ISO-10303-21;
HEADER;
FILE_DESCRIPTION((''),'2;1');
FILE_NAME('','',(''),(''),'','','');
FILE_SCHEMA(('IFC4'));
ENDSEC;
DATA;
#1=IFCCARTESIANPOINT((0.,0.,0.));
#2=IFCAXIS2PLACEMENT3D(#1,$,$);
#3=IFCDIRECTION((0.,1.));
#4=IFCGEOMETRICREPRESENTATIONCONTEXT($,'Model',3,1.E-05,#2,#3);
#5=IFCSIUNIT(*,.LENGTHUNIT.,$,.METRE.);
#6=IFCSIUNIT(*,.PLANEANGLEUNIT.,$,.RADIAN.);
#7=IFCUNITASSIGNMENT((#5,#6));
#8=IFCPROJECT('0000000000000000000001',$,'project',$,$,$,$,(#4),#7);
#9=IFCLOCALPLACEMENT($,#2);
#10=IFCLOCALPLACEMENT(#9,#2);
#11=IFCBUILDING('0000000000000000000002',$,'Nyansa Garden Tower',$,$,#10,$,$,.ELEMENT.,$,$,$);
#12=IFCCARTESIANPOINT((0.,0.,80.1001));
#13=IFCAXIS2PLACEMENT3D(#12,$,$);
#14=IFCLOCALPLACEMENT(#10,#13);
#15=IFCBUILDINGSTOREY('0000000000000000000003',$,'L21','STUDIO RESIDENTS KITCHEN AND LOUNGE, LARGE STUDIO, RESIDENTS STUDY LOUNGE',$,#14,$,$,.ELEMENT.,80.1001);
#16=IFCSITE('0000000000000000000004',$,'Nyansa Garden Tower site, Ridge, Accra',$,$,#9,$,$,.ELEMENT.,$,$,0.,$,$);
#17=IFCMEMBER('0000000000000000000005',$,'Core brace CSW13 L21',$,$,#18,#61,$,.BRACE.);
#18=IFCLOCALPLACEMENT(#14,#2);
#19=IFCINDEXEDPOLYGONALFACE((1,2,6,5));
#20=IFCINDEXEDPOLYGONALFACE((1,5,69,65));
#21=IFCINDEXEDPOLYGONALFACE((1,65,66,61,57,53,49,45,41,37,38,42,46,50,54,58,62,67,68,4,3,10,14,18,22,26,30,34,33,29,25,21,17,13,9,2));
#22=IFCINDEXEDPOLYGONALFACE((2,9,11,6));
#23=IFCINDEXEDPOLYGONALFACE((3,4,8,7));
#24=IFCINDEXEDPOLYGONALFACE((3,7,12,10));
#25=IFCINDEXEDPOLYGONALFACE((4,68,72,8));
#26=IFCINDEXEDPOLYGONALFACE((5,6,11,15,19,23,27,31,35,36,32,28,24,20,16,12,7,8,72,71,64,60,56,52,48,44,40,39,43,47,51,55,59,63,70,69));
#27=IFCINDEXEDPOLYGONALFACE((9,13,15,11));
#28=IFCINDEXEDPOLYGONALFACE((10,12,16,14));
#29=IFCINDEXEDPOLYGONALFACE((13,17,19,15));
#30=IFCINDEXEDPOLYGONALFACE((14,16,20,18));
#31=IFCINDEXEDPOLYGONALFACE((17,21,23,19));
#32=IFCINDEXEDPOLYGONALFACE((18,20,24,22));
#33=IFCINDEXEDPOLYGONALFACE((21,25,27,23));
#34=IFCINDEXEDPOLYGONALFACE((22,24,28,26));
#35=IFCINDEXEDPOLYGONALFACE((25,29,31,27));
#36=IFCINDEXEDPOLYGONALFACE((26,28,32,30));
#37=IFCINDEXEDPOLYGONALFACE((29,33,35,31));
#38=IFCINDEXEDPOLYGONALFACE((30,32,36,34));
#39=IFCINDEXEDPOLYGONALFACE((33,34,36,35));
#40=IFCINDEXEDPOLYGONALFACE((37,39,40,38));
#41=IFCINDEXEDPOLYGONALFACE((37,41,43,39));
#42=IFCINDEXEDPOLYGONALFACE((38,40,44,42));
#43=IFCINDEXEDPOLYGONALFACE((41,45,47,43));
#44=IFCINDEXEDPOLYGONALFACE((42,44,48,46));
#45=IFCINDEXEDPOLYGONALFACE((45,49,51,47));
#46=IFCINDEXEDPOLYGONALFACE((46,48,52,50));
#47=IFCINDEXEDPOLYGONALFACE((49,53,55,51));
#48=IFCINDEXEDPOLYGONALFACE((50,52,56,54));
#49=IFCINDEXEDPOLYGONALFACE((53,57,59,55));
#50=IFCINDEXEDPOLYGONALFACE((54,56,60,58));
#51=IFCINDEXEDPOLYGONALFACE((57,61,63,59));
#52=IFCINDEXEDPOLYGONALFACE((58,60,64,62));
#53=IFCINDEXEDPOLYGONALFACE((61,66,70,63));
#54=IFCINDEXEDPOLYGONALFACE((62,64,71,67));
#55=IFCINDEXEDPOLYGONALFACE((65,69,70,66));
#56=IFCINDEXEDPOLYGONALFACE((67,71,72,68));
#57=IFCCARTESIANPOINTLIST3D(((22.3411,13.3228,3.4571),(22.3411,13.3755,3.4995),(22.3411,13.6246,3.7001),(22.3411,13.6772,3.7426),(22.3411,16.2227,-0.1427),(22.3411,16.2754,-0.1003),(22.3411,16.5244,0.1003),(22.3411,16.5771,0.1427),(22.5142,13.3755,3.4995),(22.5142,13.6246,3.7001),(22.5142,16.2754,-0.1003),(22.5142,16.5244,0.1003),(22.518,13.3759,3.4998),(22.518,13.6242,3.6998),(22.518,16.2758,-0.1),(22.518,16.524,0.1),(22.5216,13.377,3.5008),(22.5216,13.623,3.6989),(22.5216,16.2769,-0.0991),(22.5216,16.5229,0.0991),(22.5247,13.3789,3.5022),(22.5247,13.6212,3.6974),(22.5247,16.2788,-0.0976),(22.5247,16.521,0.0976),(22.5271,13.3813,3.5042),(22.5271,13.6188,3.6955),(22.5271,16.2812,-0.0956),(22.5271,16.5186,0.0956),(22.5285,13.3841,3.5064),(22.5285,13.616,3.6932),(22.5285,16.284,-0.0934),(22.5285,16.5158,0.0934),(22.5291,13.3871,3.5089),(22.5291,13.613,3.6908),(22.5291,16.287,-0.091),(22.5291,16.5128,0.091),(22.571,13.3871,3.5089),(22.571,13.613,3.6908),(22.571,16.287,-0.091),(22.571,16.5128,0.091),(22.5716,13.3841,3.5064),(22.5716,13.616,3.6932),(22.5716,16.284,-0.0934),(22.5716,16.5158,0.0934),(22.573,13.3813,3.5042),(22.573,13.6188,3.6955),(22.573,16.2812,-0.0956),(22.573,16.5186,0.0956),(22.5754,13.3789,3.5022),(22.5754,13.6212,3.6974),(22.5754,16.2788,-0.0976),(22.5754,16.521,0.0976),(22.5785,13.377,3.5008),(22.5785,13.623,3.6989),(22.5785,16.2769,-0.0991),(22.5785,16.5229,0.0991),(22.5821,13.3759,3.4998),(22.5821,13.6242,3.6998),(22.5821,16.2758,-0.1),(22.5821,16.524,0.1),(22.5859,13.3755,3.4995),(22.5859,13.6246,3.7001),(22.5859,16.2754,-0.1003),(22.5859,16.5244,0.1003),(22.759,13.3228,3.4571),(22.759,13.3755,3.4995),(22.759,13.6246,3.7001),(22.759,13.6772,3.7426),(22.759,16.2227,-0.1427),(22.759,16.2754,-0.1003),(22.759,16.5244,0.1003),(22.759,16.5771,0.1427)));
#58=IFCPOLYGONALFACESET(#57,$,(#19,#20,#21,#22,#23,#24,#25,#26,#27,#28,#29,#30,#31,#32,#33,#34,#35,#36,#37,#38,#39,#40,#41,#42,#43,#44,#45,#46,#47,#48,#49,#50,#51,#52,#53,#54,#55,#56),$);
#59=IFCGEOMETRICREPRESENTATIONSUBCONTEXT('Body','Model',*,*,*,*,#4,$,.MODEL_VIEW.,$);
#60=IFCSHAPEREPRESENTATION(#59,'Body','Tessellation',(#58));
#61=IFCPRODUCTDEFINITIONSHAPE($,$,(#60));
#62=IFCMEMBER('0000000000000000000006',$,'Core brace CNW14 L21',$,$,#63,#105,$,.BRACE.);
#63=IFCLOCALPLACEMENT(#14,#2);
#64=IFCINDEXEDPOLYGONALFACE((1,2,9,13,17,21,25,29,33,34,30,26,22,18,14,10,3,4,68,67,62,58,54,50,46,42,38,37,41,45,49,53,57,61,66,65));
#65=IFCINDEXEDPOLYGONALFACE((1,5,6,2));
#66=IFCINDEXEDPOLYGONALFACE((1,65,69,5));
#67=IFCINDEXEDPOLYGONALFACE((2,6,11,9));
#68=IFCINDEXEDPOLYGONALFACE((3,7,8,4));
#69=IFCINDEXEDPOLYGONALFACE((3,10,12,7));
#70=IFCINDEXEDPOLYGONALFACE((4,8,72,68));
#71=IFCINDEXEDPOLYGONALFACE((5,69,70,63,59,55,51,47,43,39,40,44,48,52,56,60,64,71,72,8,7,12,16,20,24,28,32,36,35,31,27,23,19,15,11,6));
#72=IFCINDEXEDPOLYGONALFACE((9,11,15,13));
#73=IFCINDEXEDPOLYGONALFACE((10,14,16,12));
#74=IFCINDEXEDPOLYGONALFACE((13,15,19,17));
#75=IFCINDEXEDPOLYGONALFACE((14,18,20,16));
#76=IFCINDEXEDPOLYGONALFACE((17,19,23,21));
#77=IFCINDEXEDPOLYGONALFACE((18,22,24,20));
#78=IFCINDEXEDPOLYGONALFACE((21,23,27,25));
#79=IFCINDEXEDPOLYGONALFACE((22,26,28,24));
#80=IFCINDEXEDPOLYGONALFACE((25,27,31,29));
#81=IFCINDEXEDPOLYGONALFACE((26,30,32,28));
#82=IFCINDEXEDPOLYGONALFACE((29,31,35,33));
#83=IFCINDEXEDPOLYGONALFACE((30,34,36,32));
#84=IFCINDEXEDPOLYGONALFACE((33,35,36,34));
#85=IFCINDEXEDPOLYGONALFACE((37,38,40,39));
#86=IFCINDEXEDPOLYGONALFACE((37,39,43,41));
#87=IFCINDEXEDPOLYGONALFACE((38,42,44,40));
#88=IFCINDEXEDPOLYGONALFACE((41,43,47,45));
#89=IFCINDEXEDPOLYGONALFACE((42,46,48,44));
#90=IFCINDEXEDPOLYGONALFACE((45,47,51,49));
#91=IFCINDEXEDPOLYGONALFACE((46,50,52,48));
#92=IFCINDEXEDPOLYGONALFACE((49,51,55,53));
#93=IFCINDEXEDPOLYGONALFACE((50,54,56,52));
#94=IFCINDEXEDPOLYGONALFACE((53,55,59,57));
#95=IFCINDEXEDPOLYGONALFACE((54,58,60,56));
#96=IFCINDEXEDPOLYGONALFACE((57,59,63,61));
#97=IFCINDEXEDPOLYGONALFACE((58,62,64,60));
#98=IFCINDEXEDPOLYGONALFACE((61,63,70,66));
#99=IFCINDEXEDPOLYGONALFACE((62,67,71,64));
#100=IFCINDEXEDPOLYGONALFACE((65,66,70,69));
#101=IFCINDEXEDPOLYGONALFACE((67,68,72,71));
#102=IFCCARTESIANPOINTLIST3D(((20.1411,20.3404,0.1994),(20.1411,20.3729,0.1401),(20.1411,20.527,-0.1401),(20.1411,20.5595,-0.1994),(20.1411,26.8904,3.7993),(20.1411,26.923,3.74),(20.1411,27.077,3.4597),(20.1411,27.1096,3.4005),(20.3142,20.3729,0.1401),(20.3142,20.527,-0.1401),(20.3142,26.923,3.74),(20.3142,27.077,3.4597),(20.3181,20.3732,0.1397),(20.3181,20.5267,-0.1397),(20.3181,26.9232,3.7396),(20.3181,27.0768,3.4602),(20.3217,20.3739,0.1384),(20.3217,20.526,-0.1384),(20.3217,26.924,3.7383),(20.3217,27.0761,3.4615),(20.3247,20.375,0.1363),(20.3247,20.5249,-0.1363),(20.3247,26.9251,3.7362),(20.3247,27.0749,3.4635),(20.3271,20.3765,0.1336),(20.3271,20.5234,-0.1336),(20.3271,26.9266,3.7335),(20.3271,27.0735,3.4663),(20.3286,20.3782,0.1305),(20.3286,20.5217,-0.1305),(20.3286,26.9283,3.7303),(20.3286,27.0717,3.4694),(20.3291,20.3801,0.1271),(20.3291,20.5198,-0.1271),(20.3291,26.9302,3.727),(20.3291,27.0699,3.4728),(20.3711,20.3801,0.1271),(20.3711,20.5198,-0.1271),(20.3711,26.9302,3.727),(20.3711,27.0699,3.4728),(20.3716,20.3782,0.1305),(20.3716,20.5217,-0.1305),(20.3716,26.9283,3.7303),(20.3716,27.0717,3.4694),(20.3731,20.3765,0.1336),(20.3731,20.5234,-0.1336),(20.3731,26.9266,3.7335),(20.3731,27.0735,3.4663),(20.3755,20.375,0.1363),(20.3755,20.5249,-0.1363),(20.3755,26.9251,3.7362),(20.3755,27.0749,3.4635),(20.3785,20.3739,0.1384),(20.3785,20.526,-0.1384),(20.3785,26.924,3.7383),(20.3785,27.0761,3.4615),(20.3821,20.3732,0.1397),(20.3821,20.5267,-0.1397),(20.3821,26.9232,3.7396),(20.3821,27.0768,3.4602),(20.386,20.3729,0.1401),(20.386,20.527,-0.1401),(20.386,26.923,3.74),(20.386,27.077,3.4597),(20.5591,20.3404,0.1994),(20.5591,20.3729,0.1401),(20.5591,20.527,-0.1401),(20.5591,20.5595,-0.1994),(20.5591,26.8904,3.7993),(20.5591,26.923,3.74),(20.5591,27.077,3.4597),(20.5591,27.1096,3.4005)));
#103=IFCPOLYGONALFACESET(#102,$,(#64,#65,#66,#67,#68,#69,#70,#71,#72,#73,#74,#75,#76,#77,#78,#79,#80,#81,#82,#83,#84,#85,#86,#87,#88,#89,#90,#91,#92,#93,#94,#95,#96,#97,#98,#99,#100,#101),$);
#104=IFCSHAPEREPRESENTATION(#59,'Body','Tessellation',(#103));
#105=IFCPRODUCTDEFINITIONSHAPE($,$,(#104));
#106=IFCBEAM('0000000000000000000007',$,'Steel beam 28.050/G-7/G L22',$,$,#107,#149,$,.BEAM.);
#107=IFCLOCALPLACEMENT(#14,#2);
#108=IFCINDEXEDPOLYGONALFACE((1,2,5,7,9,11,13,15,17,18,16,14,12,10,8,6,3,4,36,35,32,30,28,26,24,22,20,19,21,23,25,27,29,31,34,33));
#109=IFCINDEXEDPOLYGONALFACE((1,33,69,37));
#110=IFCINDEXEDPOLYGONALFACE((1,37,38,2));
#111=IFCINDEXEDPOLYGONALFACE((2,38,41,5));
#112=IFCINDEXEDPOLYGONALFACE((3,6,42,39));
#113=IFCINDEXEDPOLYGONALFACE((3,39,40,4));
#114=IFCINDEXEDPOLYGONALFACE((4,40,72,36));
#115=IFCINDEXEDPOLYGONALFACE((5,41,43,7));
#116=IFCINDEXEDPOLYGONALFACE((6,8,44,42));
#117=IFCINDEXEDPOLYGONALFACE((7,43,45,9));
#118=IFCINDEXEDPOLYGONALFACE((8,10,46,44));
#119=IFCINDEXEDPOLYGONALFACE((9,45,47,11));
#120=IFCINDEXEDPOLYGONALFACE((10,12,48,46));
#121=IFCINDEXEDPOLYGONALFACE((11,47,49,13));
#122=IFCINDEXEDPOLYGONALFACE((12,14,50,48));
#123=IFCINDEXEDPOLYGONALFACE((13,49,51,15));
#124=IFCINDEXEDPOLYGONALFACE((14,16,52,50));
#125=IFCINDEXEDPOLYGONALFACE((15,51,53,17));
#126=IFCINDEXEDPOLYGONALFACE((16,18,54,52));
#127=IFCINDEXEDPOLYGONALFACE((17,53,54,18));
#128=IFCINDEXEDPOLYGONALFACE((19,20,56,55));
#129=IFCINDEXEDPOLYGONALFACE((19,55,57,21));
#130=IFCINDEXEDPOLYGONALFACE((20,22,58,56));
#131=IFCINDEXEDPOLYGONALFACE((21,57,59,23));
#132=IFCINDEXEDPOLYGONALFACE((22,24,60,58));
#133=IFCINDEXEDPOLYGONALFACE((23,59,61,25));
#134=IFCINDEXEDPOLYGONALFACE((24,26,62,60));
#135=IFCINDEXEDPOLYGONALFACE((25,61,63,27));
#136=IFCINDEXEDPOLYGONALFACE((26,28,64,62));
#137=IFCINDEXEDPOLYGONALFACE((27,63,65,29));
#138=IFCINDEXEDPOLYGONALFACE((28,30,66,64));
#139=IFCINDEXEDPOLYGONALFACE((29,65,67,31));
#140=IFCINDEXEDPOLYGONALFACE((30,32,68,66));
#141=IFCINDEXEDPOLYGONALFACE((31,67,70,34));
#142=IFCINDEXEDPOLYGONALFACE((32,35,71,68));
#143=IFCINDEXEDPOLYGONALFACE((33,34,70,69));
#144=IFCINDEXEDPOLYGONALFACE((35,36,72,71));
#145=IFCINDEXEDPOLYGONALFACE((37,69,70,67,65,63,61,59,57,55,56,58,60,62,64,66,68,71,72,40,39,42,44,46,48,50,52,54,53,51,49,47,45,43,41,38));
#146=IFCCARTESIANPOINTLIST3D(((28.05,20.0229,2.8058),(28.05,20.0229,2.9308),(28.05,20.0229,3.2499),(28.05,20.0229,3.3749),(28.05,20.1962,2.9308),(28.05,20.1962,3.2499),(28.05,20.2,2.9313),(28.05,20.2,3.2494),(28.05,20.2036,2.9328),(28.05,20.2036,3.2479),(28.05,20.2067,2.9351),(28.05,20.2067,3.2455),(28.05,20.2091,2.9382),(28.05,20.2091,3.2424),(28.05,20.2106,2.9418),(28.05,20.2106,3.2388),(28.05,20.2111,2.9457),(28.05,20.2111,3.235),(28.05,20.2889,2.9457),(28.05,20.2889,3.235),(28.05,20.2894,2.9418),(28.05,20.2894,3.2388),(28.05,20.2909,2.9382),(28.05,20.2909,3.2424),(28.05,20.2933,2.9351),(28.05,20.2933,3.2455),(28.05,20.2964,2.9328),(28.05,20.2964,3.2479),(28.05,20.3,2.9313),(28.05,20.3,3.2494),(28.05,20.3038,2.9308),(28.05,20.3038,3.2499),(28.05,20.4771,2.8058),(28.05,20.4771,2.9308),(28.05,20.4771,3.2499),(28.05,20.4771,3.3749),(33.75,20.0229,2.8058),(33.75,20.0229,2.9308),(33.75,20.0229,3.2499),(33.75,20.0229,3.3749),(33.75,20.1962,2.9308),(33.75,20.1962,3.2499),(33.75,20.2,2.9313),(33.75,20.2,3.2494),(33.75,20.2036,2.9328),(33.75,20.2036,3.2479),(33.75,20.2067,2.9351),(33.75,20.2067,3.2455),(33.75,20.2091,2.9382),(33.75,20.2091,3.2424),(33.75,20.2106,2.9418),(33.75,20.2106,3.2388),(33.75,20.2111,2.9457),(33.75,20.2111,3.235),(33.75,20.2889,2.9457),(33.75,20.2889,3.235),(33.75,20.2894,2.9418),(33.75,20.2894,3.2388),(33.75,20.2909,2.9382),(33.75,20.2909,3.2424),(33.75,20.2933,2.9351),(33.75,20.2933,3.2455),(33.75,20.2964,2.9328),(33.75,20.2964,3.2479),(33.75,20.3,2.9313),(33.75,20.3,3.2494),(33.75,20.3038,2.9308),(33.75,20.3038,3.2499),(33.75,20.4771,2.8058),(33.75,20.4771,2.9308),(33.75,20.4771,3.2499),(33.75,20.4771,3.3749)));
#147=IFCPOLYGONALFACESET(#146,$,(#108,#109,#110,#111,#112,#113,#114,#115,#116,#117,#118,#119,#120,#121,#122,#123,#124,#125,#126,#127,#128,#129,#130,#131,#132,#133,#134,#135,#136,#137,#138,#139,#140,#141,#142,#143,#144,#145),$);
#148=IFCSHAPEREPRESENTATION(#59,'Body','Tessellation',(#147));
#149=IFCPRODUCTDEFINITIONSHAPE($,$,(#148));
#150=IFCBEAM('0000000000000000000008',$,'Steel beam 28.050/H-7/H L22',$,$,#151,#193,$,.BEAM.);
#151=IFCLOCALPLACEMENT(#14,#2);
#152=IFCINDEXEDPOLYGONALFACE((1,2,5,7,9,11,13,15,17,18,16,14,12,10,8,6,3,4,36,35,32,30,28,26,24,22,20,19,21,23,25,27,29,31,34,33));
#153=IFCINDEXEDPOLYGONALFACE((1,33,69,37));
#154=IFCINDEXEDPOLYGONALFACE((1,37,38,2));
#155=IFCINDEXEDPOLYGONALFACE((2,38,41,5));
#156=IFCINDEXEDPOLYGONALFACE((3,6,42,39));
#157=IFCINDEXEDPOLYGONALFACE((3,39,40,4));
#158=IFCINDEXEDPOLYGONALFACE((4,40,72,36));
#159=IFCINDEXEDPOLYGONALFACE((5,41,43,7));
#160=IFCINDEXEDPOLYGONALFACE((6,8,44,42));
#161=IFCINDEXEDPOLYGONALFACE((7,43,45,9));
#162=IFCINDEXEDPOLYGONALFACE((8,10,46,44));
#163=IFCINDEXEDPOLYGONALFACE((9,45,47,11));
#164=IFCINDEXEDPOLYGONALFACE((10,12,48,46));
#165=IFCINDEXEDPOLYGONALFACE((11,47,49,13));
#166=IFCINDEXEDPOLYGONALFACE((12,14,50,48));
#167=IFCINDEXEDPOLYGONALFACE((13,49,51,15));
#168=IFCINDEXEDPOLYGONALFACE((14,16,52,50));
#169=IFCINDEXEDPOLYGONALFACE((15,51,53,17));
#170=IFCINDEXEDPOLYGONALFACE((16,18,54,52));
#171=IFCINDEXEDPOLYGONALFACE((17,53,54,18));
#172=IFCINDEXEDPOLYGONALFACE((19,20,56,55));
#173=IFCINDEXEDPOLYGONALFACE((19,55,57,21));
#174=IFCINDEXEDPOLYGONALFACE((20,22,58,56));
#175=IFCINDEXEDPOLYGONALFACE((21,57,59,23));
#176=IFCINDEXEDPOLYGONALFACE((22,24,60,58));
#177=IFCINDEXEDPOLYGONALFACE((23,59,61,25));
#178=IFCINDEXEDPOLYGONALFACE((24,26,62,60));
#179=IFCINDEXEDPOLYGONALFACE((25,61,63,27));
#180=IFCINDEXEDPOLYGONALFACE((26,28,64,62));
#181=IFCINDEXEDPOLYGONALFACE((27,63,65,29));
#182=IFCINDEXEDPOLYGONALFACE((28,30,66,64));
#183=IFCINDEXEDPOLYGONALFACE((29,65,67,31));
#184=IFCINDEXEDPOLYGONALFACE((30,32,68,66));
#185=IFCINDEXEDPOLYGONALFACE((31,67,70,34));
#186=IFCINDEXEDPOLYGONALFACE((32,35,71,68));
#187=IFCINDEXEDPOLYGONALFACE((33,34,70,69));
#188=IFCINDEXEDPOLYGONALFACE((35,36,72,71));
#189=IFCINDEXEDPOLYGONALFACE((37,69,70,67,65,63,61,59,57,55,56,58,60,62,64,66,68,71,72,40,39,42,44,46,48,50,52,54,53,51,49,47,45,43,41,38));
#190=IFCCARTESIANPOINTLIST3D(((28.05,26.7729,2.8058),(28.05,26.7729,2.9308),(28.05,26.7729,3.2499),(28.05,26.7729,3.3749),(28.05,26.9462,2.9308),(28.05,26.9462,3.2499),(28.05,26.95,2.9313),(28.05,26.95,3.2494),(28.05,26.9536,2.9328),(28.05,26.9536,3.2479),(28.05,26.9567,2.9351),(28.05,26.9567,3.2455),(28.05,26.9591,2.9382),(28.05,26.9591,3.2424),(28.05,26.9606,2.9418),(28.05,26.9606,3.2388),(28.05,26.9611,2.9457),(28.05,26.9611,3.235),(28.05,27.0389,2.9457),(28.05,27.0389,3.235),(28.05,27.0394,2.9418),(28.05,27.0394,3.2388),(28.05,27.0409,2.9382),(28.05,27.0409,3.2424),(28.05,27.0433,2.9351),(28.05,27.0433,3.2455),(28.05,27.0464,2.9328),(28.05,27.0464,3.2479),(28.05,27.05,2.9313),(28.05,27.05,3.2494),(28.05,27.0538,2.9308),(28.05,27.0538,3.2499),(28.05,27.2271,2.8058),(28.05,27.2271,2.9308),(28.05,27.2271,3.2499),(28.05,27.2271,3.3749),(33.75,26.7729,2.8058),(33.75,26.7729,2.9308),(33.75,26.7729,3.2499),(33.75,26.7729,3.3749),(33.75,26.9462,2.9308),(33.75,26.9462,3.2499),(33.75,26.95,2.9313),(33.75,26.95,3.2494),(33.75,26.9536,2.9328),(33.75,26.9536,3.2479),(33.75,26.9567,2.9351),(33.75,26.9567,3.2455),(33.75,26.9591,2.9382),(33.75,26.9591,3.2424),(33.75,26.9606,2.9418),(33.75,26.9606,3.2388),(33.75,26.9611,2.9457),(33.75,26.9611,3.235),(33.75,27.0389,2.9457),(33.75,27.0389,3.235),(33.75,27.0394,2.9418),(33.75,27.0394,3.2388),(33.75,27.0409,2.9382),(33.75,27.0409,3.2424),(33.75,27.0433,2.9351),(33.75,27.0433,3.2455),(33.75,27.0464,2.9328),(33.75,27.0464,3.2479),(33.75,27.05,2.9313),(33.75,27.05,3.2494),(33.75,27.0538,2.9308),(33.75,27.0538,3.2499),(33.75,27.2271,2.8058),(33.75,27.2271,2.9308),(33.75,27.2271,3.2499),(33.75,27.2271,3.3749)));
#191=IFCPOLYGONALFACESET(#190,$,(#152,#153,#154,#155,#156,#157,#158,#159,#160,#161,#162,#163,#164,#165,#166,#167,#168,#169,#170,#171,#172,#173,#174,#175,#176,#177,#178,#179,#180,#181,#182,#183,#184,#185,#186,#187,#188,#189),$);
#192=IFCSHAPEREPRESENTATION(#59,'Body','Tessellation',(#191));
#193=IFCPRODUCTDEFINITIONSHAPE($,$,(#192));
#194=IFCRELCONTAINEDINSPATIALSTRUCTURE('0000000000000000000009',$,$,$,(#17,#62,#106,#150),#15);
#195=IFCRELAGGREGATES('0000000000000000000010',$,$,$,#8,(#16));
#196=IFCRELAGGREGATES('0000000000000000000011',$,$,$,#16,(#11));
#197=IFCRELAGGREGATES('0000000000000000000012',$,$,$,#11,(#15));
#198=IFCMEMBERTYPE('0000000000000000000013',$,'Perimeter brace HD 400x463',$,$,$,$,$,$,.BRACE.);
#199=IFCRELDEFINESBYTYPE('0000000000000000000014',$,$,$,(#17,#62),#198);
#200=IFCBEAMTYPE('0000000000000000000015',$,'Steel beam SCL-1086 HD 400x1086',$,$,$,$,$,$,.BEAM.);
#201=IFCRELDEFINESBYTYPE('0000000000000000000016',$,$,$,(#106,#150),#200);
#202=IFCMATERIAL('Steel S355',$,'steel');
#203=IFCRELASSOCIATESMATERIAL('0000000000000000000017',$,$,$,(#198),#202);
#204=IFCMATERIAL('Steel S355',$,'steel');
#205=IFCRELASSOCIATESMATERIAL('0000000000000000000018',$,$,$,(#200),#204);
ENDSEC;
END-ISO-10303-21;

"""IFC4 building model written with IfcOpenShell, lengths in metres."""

from ifc_helpers import new_model, si_unit, direction, frame, origin, origin_2d, place, context, subcontext, project, spatial, i_section, extrude, material, material_profile, profile_set, type_object, element, save


model = new_model("IFC4")

# Units and contexts
model_context = context("Model", 3, precision=1e-05, world=origin(), true_north=direction((0.0, 1.0)))
body_context = subcontext(model_context, "Body", "Model", "MODEL_VIEW")
ifc_project = project(units=[si_unit("LENGTHUNIT", "METRE"), si_unit("PLANEANGLEUNIT", "RADIAN")], contexts=[model_context])

# Site, building, storey
site_placement = place(None, origin())
site = spatial("IfcSite", under=ifc_project, at=site_placement, Name="Nyansa Garden Tower site, Ridge, Accra", CompositionType="ELEMENT", RefElevation=0.0)
building_placement = place(site_placement, origin())
building = spatial("IfcBuilding", under=site, at=building_placement, Name="Nyansa Garden Tower", CompositionType="ELEMENT")
storey_placement = place(building_placement, frame((0.0, 0.0, 80.1001)))
storey = spatial("IfcBuildingStorey", under=building, at=storey_placement, Name="L21", Description="STUDIO RESIDENTS KITCHEN AND LOUNGE, LARGE STUDIO, RESIDENTS STUDY LOUNGE", CompositionType="ELEMENT", Elevation=80.1001)

# Members
ifc_material_1 = material(Name="Steel S355", Category="steel")
ifc_material_profile_1 = material_profile(ifc_material_1, i_section(OverallWidth=0.418, OverallDepth=0.4551, WebThickness=0.042, FlangeThickness=0.0676, FilletRadius=0.0149, at=origin_2d()), Name="HD 400x463")
ifc_profile_set_1 = profile_set([ifc_material_profile_1], Name="Steel S355")
member_type = type_object("IfcMemberType", Name="Perimeter brace HD 400x463", PredefinedType="BRACE", material=ifc_profile_set_1)
member_1_placement = place(storey_placement, frame((22.55, 16.3999, 0.0), z_axis=(0.0, -0.627332, 0.778752), x_axis=(1.0, 0.0, 0.0)))
element("IfcMember", 1, at=member_1_placement, inside=storey, type_object=member_type, Name="Core brace CSW13 L21", PredefinedType="BRACE", context=body_context, shape_type="SweptSolid", body=[
    extrude(i_section(OverallWidth=0.418, OverallDepth=0.4551, WebThickness=0.042, FlangeThickness=0.0676, FilletRadius=0.0149, at=origin_2d()), origin(), (0.0, 0.0, 1.0), 4.6226),
])
member_2_placement = place(storey_placement, frame((20.3501, 20.45, 0.0), z_axis=(0.0, 0.876367, 0.481644), x_axis=(-1.0, 0.0, 0.0)))
element("IfcMember", 2, at=member_2_placement, inside=storey, type_object=member_type, Name="Core brace CNW14 L21", PredefinedType="BRACE", context=body_context, shape_type="SweptSolid", body=[
    extrude(i_section(OverallWidth=0.418, OverallDepth=0.4551, WebThickness=0.042, FlangeThickness=0.0676, FilletRadius=0.0149, at=origin_2d()), origin(), (0.0, 0.0, 1.0), 7.4741),
])

# Beams
ifc_material_2 = material(Name="Steel S355", Category="steel")
ifc_material_profile_2 = material_profile(ifc_material_2, i_section(OverallWidth=0.4541, OverallDepth=0.5691, WebThickness=0.0779, FlangeThickness=0.125, FilletRadius=0.0149, at=origin_2d()), Name="HD 400x1086")
ifc_profile_set_2 = profile_set([ifc_material_profile_2], Name="Steel S355")
beam_type_1 = type_object("IfcBeamType", Name="Steel beam SCL-1086 HD 400x1086", PredefinedType="BEAM", material=ifc_profile_set_2)
for number, where, z_axis, x_axis, name in (
    (3, (28.05, 20.25, 3.0903), (1.0, 0.0, 0.0), (0.0, 1.0, 0.0), "Steel beam 28.050/G-7/G L22"),
    (4, (28.05, 27.0, 3.0903), (1.0, 0.0, 0.0), (0.0, 1.0, 0.0), "Steel beam 28.050/H-7/H L22"),
):
    element("IfcBeam", number, at=place(storey_placement, frame(where, z_axis=z_axis, x_axis=x_axis)), inside=storey, type_object=beam_type_1, Name=name, PredefinedType="BEAM", context=body_context, shape_type="SweptSolid", body=[
        extrude(i_section(OverallWidth=0.4541, OverallDepth=0.5691, WebThickness=0.0779, FlangeThickness=0.125, FilletRadius=0.0149, at=origin_2d()), origin(), (0.0, 0.0, 1.0), 5.7),
    ])

save(model, "model.ifc")
